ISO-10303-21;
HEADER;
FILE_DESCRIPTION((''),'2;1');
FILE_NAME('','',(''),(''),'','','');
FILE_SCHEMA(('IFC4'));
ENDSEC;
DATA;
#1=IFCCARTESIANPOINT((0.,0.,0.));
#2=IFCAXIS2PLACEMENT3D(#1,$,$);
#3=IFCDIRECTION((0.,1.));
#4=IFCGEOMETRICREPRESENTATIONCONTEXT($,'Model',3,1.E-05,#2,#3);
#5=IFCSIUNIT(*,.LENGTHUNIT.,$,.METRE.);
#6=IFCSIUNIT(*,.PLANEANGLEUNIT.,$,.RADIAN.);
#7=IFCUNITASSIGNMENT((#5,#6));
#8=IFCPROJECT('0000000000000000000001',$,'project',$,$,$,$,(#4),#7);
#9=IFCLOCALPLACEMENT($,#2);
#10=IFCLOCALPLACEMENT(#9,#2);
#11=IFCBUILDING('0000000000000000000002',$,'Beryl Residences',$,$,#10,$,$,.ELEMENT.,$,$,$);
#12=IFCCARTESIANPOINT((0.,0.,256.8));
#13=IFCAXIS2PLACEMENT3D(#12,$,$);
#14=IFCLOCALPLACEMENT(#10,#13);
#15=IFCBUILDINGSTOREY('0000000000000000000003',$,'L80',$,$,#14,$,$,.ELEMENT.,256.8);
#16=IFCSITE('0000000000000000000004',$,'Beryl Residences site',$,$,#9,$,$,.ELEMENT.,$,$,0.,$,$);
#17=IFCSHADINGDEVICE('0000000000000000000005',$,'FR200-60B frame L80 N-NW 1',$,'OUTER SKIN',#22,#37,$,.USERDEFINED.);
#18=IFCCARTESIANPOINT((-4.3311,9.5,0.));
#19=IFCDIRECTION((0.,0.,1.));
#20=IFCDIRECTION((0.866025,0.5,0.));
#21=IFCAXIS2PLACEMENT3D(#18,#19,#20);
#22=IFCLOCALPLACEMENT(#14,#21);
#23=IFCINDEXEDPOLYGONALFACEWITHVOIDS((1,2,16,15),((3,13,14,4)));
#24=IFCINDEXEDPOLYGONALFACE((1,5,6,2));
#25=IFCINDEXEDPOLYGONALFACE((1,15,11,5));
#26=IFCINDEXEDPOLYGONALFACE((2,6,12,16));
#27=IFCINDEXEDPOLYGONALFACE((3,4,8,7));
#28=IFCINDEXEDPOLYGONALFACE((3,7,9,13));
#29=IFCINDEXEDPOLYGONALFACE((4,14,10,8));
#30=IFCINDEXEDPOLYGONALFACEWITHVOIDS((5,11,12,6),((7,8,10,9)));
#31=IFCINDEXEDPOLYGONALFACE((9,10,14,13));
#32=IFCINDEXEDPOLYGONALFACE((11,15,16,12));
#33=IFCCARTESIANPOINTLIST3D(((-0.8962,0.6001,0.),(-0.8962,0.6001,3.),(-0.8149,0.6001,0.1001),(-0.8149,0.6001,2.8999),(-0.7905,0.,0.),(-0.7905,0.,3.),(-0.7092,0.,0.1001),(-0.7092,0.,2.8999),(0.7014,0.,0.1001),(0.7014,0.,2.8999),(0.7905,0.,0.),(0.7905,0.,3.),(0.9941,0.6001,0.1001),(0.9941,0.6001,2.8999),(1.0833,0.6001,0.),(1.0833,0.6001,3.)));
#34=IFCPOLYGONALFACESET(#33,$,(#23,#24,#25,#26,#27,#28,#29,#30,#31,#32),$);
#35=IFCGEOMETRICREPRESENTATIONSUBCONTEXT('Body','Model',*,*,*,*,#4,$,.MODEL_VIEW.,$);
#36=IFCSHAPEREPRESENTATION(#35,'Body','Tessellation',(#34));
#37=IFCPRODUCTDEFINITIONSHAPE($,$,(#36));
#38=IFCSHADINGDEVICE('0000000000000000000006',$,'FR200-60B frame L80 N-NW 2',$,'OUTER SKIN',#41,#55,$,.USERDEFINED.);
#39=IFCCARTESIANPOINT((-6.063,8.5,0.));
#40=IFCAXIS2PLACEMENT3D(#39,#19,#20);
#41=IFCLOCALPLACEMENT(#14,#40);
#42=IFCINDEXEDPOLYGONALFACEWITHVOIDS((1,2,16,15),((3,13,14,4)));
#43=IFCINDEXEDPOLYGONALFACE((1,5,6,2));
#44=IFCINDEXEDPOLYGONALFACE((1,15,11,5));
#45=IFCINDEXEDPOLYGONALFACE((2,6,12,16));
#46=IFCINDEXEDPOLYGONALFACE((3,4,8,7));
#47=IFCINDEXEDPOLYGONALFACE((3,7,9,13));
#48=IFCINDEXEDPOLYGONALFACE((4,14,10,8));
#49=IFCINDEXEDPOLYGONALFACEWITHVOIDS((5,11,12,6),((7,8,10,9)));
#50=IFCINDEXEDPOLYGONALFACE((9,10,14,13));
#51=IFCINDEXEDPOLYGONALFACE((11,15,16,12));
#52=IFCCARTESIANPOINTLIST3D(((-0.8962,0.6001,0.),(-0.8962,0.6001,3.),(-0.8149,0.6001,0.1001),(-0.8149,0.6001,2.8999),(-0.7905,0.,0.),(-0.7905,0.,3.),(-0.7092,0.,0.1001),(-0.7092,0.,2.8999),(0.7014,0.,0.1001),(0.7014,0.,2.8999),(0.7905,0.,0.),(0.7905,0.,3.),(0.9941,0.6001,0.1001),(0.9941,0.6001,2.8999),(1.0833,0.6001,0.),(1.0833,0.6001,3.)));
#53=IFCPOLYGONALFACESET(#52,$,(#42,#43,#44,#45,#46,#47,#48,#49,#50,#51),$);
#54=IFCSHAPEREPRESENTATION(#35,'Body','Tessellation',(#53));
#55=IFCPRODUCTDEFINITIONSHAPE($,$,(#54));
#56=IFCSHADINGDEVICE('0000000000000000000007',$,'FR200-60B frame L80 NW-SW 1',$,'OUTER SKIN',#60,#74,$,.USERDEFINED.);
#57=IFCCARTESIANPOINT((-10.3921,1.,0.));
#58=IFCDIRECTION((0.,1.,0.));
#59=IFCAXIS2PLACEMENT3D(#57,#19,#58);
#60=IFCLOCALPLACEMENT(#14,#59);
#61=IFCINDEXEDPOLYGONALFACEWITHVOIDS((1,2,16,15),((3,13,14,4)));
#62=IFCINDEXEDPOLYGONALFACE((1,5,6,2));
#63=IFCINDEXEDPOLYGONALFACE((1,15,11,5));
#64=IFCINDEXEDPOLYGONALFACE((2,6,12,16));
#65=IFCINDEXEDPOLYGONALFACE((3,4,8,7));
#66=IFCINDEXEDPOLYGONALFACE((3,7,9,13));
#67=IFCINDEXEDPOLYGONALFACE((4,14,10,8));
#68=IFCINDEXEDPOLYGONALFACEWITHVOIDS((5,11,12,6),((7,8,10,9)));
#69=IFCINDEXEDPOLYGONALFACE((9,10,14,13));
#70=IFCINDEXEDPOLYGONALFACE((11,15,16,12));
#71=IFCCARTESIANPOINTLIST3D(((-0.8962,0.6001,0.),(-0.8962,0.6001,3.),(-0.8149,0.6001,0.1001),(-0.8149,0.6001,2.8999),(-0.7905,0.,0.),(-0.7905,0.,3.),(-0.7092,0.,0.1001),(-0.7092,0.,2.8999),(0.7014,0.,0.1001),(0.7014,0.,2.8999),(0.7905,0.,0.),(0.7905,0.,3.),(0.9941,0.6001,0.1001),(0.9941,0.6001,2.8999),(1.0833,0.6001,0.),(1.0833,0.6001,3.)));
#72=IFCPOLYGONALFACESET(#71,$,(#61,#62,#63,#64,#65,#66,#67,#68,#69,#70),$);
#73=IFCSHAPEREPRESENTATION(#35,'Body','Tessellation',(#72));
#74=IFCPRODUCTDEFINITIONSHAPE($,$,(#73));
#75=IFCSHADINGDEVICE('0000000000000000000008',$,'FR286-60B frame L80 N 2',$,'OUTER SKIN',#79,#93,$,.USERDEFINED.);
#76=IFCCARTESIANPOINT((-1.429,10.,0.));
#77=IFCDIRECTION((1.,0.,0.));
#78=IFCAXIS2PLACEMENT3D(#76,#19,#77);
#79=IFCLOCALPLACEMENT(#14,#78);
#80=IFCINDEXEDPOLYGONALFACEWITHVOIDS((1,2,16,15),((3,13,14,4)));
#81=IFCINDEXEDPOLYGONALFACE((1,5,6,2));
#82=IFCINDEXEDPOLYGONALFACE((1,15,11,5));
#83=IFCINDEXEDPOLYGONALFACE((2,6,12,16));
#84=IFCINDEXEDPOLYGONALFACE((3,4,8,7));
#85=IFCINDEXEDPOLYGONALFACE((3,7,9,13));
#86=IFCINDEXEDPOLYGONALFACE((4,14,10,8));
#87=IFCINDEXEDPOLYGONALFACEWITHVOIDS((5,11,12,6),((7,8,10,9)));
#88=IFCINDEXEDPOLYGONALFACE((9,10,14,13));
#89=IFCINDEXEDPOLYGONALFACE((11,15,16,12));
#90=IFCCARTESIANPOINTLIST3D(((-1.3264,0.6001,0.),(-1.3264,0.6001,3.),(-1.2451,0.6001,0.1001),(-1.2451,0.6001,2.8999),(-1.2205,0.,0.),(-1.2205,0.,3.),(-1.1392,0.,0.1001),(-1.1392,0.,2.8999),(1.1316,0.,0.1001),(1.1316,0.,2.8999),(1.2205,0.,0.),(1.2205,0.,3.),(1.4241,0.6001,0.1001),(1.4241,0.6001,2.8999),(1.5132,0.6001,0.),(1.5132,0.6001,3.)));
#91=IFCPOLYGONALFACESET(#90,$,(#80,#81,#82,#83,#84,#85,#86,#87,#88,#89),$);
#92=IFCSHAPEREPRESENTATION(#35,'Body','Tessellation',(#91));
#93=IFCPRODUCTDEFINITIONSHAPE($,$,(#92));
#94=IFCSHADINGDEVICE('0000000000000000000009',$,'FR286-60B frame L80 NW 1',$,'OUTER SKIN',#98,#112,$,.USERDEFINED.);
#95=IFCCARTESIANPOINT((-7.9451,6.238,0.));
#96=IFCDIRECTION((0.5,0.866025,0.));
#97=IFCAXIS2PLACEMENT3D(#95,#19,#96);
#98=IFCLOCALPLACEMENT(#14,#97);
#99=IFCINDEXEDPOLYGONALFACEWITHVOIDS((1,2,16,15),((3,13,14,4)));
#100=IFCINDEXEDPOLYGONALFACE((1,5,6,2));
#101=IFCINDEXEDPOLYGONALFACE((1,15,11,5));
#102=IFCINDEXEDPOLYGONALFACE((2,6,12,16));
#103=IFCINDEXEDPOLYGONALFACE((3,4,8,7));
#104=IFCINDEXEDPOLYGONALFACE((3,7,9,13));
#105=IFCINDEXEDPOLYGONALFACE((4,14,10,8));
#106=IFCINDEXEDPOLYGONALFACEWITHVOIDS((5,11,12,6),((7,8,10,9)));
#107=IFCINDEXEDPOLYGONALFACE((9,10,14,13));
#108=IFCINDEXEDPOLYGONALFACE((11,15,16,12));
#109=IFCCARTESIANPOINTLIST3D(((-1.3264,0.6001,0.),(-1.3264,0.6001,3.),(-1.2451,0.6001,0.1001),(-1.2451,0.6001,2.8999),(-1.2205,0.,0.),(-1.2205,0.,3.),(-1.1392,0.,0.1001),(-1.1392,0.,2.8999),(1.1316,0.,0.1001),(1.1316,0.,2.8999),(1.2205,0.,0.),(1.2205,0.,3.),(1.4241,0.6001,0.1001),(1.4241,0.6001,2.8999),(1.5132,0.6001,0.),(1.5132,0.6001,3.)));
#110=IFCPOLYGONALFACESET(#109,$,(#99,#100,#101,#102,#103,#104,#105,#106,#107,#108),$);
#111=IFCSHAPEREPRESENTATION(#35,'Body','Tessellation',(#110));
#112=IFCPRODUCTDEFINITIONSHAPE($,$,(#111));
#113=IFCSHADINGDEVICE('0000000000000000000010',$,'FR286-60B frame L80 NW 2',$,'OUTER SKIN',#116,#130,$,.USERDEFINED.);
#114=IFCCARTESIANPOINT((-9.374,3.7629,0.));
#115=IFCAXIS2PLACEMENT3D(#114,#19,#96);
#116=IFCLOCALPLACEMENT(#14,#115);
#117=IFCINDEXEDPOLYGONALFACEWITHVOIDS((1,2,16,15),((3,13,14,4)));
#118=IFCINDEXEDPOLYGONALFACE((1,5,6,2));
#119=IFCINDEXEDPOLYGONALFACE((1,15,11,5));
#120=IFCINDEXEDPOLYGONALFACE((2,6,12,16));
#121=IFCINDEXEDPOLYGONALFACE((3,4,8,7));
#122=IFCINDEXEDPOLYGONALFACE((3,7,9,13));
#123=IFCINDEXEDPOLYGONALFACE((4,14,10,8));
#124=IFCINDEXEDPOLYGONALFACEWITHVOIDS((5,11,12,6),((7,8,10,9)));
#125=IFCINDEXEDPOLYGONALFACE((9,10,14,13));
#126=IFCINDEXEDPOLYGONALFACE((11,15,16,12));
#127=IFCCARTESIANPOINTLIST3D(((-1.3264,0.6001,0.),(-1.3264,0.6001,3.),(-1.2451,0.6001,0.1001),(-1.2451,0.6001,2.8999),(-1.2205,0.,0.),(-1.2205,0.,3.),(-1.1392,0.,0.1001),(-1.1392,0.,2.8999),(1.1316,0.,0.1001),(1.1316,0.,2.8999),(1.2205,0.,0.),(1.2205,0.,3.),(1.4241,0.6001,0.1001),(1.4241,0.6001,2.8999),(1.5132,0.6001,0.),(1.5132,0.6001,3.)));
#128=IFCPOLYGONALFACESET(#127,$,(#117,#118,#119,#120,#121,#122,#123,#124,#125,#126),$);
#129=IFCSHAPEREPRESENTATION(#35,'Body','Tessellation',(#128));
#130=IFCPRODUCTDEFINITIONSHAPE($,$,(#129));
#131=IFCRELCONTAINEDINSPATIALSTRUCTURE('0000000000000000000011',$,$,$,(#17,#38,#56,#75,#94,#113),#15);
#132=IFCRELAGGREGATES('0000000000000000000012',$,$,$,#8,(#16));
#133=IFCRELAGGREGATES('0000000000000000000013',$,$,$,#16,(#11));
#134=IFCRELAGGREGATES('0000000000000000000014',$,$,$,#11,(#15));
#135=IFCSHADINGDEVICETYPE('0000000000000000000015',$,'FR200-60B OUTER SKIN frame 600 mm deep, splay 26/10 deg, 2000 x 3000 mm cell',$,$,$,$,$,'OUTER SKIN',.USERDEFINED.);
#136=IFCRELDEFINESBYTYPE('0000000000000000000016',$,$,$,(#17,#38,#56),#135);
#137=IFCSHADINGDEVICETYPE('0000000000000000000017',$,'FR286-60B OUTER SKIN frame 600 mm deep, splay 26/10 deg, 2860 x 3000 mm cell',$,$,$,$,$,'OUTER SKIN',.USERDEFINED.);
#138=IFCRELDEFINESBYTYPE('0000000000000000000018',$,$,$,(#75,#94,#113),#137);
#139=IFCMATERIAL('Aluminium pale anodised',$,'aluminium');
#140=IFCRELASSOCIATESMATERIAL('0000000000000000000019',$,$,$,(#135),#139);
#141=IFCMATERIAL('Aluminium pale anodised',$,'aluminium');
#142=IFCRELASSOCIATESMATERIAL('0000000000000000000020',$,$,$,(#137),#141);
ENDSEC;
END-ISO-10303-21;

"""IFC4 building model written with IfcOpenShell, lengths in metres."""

from ifc_helpers import new_model, entity, si_unit, direction, frame, origin, place, context, subcontext, project, spatial, source, transform, mapped, material, type_object, type_shapes, element, save


model = new_model("IFC4")

# Units and contexts
model_context = context("Model", 3, precision=1e-05, world=origin(), true_north=direction((0.0, 1.0)))
body_context = subcontext(model_context, "Body", "Model", "MODEL_VIEW")
ifc_project = project(units=[si_unit("LENGTHUNIT", "METRE"), si_unit("PLANEANGLEUNIT", "RADIAN")], contexts=[model_context])

# Site, building, storey
site_placement = place(None, origin())
site = spatial("IfcSite", under=ifc_project, at=site_placement, Name="Beryl Residences site", CompositionType="ELEMENT", RefElevation=0.0)
building_placement = place(site_placement, origin())
building = spatial("IfcBuilding", under=site, at=building_placement, Name="Beryl Residences", CompositionType="ELEMENT")
storey_placement = place(building_placement, frame((0.0, 0.0, 256.8)))
storey = spatial("IfcBuildingStorey", under=building, at=storey_placement, Name="L80", CompositionType="ELEMENT", Elevation=256.8)

# Shading devices
ifc_material_1 = material(Name="Aluminium pale anodised", Category="aluminium")
shading_device_type_1 = type_object("IfcShadingDeviceType", Name="FR200-60B OUTER SKIN frame 600 mm deep, splay 26/10 deg, 2000 x 3000 mm cell", ElementType="OUTER SKIN", PredefinedType="USERDEFINED", material=ifc_material_1)
cartesian_point_1 = entity("IfcCartesianPoint", [-0.7905, 0.0])
cartesian_point_2 = entity("IfcCartesianPoint", [-0.7014, 0.1001])
cartesian_point_3 = entity("IfcCartesianPoint", [-1.0833, 0.0])
cartesian_point_4 = entity("IfcCartesianPoint", [-0.9941, 0.1001])
shared_shape_1 = source(origin(), body_context, "Body", "SweptSolid", [
    entity("IfcExtrudedAreaSolidTapered", entity("IfcArbitraryProfileDefWithVoids", "AREA", None, entity("IfcPolyline", [cartesian_point_1, entity("IfcCartesianPoint", [0.7905, 0.0]), entity("IfcCartesianPoint", [0.7905, 3.0]), entity("IfcCartesianPoint", [-0.7905, 3.0]), cartesian_point_1]), [entity("IfcPolyline", [cartesian_point_2, entity("IfcCartesianPoint", [0.7092, 0.1001]), entity("IfcCartesianPoint", [0.7092, 2.8999]), entity("IfcCartesianPoint", [-0.7014, 2.8999]), cartesian_point_2])]), entity("IfcAxis2Placement3D", entity("IfcCartesianPoint", [0.0, 0.0, 0.0]), entity("IfcDirection", [0.0, 1.0, 0.0]), entity("IfcDirection", [-1.0, 0.0, 0.0])), entity("IfcDirection", [0.0, 0.0, 1.0]), 0.6001, entity("IfcArbitraryProfileDefWithVoids", "AREA", None, entity("IfcPolyline", [cartesian_point_3, entity("IfcCartesianPoint", [0.8962, 0.0]), entity("IfcCartesianPoint", [0.8962, 3.0]), entity("IfcCartesianPoint", [-1.0833, 3.0]), cartesian_point_3]), [entity("IfcPolyline", [cartesian_point_4, entity("IfcCartesianPoint", [0.8149, 0.1001]), entity("IfcCartesianPoint", [0.8149, 2.8999]), entity("IfcCartesianPoint", [-0.9941, 2.8999]), cartesian_point_4])])),
])
type_shapes(shading_device_type_1, [shared_shape_1])
for number, where, z_axis, x_axis, name in (
    (1, (-4.3311, 9.5, 0.0), (0.0, 0.0, 1.0), (0.866025, 0.5, 0.0), "FR200-60B frame L80 N-NW 1"),
    (2, (-6.063, 8.5, 0.0), (0.0, 0.0, 1.0), (0.866025, 0.5, 0.0), "FR200-60B frame L80 N-NW 2"),
    (3, (-10.3921, 1.0, 0.0), (0.0, 0.0, 1.0), (0.0, 1.0, 0.0), "FR200-60B frame L80 NW-SW 1"),
):
    element("IfcShadingDevice", number, at=place(storey_placement, frame(where, z_axis=z_axis, x_axis=x_axis)), inside=storey, type_object=shading_device_type_1, Name=name, ObjectType="OUTER SKIN", PredefinedType="USERDEFINED", context=body_context, shape_type="MappedRepresentation", body=[
        mapped(shared_shape_1, transform((0.0, 0.0, 0.0))),
    ])
ifc_material_2 = material(Name="Aluminium pale anodised", Category="aluminium")
shading_device_type_2 = type_object("IfcShadingDeviceType", Name="FR286-60B OUTER SKIN frame 600 mm deep, splay 26/10 deg, 2860 x 3000 mm cell", ElementType="OUTER SKIN", PredefinedType="USERDEFINED", material=ifc_material_2)
cartesian_point_5 = entity("IfcCartesianPoint", [-1.2205, 0.0])
cartesian_point_6 = entity("IfcCartesianPoint", [-1.1316, 0.1001])
cartesian_point_7 = entity("IfcCartesianPoint", [-1.5132, 0.0])
cartesian_point_8 = entity("IfcCartesianPoint", [-1.4241, 0.1001])
shared_shape_2 = source(origin(), body_context, "Body", "SweptSolid", [
    entity("IfcExtrudedAreaSolidTapered", entity("IfcArbitraryProfileDefWithVoids", "AREA", None, entity("IfcPolyline", [cartesian_point_5, entity("IfcCartesianPoint", [1.2205, 0.0]), entity("IfcCartesianPoint", [1.2205, 3.0]), entity("IfcCartesianPoint", [-1.2205, 3.0]), cartesian_point_5]), [entity("IfcPolyline", [cartesian_point_6, entity("IfcCartesianPoint", [1.1392, 0.1001]), entity("IfcCartesianPoint", [1.1392, 2.8999]), entity("IfcCartesianPoint", [-1.1316, 2.8999]), cartesian_point_6])]), entity("IfcAxis2Placement3D", entity("IfcCartesianPoint", [0.0, 0.0, 0.0]), entity("IfcDirection", [0.0, 1.0, 0.0]), entity("IfcDirection", [-1.0, 0.0, 0.0])), entity("IfcDirection", [0.0, 0.0, 1.0]), 0.6001, entity("IfcArbitraryProfileDefWithVoids", "AREA", None, entity("IfcPolyline", [cartesian_point_7, entity("IfcCartesianPoint", [1.3264, 0.0]), entity("IfcCartesianPoint", [1.3264, 3.0]), entity("IfcCartesianPoint", [-1.5132, 3.0]), cartesian_point_7]), [entity("IfcPolyline", [cartesian_point_8, entity("IfcCartesianPoint", [1.2451, 0.1001]), entity("IfcCartesianPoint", [1.2451, 2.8999]), entity("IfcCartesianPoint", [-1.4241, 2.8999]), cartesian_point_8])])),
])
type_shapes(shading_device_type_2, [shared_shape_2])
for number, where, z_axis, x_axis, name in (
    (4, (-1.429, 10.0, 0.0), (0.0, 0.0, 1.0), (1.0, 0.0, 0.0), "FR286-60B frame L80 N 2"),
    (5, (-7.9451, 6.238, 0.0), (0.0, 0.0, 1.0), (0.5, 0.866025, 0.0), "FR286-60B frame L80 NW 1"),
    (6, (-9.374, 3.7629, 0.0), (0.0, 0.0, 1.0), (0.5, 0.866025, 0.0), "FR286-60B frame L80 NW 2"),
):
    element("IfcShadingDevice", number, at=place(storey_placement, frame(where, z_axis=z_axis, x_axis=x_axis)), inside=storey, type_object=shading_device_type_2, Name=name, ObjectType="OUTER SKIN", PredefinedType="USERDEFINED", context=body_context, shape_type="MappedRepresentation", body=[
        mapped(shared_shape_2, transform((0.0, 0.0, 0.0))),
    ])

save(model, "model.ifc")
